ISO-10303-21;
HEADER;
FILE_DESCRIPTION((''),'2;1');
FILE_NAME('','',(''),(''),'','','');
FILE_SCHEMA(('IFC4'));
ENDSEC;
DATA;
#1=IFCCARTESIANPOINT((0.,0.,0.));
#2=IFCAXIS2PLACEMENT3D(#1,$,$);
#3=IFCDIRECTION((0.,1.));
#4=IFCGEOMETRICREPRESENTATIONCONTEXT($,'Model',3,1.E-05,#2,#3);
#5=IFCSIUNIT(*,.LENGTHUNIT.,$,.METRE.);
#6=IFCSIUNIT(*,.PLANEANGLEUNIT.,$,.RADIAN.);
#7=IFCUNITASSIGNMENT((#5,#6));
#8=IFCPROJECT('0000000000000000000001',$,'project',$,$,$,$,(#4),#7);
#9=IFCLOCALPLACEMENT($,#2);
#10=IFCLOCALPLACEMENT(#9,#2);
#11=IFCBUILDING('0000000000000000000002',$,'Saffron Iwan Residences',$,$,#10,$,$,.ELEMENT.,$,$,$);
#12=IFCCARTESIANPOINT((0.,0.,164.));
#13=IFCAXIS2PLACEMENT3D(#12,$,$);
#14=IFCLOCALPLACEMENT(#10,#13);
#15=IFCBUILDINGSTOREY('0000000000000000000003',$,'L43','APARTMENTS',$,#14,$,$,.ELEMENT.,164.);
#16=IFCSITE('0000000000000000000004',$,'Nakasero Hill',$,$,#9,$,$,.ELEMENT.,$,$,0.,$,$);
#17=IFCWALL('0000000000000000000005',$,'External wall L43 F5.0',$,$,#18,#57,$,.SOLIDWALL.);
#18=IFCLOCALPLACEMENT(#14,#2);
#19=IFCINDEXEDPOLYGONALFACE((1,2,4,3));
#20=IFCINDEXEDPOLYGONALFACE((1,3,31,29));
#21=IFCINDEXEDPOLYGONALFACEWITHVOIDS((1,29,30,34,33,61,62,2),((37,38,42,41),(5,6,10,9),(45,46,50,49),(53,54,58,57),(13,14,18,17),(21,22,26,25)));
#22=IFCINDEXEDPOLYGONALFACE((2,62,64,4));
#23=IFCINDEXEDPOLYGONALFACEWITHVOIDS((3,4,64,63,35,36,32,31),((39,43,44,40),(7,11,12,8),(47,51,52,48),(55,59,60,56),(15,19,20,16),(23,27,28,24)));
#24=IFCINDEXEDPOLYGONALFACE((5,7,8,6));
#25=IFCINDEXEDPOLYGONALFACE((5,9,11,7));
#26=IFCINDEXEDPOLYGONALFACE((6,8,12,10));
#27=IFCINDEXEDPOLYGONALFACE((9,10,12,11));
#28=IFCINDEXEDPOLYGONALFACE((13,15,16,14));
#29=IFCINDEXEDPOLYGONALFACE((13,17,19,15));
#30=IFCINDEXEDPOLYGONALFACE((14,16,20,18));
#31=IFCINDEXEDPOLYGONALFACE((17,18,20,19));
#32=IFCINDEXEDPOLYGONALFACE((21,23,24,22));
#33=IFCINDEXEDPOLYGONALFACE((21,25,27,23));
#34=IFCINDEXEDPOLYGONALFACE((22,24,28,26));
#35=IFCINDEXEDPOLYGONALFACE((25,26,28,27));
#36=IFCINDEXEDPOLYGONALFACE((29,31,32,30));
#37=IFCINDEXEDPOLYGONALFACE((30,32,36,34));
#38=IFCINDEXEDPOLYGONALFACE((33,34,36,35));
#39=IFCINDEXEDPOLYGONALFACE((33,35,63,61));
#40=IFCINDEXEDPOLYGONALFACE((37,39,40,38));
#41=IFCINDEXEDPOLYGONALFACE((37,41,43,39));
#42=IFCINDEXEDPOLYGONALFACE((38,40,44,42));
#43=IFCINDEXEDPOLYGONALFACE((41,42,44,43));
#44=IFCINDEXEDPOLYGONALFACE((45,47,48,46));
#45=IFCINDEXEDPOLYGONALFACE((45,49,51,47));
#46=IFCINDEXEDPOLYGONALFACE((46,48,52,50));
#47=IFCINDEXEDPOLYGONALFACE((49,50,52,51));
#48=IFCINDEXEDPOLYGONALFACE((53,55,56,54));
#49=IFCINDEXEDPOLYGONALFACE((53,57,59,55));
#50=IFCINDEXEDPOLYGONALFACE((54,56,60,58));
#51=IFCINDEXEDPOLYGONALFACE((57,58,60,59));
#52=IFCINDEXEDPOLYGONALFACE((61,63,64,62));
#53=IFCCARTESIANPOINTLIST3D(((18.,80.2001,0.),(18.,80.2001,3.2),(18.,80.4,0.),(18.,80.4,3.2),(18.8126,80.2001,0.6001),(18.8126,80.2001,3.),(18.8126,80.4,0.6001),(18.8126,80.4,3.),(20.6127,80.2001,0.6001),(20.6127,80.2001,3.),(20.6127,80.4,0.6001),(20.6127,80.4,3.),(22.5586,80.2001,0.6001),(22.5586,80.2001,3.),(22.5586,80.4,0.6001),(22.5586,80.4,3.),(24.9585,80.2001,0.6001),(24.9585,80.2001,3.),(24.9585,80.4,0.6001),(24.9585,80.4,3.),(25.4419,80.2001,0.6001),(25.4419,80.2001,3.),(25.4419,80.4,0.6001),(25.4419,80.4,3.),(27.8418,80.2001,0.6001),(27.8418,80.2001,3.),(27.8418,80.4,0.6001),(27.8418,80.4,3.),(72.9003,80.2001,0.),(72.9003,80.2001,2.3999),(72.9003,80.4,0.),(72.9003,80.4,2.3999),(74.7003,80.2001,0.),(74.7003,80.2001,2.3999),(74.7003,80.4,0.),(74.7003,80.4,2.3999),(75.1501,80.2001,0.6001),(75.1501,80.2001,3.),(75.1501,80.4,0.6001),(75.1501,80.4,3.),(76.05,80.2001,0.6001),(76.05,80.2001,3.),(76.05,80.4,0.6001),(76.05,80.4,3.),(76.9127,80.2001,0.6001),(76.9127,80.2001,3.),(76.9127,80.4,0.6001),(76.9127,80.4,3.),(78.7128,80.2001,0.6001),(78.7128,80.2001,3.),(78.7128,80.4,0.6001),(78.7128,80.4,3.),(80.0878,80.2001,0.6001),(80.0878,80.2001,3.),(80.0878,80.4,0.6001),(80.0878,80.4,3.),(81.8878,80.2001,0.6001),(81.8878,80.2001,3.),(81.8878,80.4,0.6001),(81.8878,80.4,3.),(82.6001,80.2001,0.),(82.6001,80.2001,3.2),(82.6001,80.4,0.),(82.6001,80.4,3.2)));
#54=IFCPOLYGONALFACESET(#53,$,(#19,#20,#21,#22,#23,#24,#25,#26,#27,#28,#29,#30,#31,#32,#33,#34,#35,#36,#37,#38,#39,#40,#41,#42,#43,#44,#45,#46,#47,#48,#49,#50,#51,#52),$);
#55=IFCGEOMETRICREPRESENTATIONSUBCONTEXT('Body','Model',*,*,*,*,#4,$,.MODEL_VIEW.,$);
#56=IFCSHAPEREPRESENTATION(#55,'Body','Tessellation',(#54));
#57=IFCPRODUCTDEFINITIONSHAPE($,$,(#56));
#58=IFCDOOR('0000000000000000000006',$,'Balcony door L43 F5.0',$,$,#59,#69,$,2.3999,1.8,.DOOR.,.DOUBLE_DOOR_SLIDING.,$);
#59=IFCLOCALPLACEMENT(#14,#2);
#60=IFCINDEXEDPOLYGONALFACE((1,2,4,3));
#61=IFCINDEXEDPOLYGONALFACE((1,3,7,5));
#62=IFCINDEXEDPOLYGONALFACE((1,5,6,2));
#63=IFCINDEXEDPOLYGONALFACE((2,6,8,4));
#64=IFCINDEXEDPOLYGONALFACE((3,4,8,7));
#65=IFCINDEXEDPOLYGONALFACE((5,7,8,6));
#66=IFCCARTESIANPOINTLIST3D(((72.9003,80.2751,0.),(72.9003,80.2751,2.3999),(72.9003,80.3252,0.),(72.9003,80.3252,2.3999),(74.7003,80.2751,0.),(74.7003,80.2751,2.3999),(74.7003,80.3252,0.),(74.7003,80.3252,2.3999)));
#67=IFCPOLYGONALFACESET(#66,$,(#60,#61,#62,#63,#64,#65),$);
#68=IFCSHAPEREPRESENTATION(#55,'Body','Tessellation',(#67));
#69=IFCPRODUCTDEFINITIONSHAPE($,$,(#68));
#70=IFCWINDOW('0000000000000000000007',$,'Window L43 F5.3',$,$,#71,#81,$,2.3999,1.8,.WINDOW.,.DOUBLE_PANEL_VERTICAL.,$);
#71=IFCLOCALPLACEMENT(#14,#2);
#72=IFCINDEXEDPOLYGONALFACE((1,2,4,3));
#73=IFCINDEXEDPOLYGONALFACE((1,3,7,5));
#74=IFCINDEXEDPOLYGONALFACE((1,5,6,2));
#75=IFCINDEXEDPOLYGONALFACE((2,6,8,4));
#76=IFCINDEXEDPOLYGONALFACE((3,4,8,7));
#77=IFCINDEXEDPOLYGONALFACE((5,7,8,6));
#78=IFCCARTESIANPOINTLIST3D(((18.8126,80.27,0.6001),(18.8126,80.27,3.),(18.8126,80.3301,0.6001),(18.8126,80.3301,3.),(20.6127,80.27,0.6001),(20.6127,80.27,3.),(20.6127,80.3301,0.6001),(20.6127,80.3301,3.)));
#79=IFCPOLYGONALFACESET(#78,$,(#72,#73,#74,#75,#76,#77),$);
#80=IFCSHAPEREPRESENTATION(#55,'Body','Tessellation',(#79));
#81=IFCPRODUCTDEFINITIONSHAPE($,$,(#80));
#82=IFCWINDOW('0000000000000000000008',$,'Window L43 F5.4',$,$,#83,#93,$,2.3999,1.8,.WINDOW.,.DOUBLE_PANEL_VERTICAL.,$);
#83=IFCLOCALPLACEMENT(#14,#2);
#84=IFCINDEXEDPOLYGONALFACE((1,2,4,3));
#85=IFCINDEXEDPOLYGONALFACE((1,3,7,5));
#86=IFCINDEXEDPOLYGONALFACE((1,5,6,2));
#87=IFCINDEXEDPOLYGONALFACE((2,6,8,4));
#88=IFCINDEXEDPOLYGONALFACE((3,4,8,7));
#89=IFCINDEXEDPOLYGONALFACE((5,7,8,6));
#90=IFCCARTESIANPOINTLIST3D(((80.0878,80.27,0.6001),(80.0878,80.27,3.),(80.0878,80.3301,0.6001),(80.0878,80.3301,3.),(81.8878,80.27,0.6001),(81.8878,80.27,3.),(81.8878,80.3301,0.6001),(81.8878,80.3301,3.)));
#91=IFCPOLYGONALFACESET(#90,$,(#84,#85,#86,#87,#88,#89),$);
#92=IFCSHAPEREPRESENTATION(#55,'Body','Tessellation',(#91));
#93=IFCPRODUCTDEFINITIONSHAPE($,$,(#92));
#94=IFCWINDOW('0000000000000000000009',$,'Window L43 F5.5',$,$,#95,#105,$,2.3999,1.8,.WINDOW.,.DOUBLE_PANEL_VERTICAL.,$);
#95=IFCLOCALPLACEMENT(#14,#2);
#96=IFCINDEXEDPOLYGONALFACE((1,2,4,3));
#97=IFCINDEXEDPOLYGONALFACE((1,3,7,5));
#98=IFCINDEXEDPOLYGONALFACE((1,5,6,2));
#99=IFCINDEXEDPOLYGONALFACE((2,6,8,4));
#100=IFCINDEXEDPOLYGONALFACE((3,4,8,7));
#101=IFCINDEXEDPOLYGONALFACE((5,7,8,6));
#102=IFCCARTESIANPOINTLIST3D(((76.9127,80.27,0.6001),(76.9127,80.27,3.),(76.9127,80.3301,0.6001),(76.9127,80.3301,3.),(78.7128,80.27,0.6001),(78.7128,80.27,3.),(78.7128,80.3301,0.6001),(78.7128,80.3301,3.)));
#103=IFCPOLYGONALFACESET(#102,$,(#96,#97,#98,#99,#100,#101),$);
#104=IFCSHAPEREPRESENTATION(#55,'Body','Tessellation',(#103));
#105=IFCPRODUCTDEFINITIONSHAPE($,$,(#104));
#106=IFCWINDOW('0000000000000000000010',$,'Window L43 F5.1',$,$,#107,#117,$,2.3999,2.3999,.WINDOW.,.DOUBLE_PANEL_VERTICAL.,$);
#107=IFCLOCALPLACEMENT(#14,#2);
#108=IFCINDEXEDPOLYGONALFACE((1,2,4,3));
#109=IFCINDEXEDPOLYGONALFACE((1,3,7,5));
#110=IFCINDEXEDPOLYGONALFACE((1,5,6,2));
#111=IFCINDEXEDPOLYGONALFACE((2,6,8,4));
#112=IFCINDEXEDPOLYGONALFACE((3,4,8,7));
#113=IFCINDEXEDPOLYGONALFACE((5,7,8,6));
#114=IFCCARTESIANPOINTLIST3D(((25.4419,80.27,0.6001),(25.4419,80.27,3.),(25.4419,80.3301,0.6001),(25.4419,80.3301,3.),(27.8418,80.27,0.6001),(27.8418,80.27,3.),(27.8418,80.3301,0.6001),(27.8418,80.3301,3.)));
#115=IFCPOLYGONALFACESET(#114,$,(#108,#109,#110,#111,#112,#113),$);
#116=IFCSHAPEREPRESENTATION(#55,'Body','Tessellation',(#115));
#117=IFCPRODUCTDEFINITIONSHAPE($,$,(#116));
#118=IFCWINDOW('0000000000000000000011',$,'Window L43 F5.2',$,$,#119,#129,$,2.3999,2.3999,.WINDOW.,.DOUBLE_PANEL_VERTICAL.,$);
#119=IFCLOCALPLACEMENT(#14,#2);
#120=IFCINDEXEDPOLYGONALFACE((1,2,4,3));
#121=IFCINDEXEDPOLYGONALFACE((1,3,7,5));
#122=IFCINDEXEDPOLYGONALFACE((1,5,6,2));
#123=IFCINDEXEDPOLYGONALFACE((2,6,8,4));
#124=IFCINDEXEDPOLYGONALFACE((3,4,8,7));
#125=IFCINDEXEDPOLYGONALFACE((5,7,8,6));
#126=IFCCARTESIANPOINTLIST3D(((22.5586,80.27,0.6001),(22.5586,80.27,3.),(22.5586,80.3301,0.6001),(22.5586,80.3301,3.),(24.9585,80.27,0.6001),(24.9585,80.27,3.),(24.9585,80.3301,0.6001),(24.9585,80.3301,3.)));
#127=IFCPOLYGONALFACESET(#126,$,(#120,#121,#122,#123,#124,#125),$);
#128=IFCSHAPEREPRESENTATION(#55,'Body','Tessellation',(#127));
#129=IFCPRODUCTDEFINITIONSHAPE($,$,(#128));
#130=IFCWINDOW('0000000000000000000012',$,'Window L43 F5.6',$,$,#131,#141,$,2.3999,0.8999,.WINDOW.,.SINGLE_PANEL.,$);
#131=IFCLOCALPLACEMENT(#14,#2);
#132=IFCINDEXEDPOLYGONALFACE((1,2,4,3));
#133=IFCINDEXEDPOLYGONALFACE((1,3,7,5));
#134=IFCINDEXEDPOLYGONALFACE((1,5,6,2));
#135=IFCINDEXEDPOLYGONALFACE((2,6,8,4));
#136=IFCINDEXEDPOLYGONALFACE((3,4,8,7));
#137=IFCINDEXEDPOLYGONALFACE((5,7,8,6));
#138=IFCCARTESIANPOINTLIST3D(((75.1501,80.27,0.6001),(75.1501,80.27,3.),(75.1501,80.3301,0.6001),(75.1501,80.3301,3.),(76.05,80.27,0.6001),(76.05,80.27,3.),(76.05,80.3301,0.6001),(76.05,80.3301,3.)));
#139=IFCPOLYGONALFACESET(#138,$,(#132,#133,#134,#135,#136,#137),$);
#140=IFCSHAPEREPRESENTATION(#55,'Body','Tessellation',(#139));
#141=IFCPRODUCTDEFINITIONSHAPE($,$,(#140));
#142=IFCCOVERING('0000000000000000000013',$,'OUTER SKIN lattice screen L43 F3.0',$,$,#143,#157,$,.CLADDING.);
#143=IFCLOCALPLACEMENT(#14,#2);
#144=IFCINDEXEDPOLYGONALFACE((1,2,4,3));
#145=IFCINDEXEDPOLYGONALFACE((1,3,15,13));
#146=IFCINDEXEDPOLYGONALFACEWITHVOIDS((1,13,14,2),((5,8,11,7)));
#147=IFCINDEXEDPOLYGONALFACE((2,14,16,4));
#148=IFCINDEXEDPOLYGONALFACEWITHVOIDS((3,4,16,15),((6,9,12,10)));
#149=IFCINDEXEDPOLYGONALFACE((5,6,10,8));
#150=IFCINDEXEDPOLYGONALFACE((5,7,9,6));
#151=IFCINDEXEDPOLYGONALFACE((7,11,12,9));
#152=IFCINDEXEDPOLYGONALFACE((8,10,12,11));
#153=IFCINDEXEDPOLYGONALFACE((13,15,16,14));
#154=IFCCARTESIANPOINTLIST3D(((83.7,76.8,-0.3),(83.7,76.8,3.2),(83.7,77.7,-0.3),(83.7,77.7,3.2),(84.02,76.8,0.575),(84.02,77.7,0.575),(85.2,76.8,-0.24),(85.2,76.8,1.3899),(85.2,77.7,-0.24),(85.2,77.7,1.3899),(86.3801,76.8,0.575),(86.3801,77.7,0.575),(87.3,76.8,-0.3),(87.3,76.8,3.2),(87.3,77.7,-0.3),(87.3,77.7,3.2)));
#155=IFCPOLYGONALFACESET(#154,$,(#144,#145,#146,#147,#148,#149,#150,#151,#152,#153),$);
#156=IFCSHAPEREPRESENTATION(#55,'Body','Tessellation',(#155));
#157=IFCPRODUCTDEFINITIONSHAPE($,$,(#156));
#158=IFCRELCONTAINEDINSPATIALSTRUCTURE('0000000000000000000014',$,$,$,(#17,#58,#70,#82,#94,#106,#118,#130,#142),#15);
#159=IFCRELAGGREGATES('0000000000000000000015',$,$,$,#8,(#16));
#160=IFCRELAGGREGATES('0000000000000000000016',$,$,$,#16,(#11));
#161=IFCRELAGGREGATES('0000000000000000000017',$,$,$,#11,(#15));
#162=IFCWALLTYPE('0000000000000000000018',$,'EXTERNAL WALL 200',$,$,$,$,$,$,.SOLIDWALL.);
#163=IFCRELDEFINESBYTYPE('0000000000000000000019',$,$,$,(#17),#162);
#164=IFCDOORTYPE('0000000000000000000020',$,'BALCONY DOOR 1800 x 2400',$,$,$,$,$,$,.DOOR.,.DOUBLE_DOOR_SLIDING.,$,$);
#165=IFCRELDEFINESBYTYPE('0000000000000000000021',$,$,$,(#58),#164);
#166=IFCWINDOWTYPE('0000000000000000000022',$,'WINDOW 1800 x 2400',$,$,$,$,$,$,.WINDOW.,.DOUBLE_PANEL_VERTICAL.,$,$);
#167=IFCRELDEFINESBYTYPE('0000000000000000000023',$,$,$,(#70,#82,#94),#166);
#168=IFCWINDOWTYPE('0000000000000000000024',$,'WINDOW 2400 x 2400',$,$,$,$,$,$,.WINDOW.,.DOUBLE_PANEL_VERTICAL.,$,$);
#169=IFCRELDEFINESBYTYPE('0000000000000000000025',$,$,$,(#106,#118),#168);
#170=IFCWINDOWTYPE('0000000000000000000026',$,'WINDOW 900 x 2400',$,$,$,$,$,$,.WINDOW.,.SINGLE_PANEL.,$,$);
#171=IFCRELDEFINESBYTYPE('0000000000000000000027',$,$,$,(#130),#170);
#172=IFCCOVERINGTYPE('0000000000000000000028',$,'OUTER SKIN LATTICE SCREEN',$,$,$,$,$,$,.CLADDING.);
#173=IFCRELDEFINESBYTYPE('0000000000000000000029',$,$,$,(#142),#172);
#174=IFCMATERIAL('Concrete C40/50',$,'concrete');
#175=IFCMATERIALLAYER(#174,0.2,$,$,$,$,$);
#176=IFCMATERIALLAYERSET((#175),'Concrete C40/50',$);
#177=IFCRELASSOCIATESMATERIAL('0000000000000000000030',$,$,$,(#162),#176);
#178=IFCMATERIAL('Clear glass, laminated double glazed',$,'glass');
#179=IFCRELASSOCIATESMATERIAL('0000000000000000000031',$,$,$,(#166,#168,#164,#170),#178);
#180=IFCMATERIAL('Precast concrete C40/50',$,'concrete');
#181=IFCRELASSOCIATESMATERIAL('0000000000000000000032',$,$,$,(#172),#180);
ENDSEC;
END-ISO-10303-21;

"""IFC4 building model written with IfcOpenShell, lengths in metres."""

from ifc_helpers import new_model, si_unit, direction, frame, frame_2d, origin, place, context, subcontext, project, spatial, polyline, rectangle, outline, extrude, material, layer, layer_set, type_object, element, fill, save


model = new_model("IFC4")

# Units and contexts
model_context = context("Model", 3, precision=1e-05, world=origin(), true_north=direction((0.0, 1.0)))
body_context = subcontext(model_context, "Body", "Model", "MODEL_VIEW")
ifc_project = project(units=[si_unit("LENGTHUNIT", "METRE"), si_unit("PLANEANGLEUNIT", "RADIAN")], contexts=[model_context])

# Site, building, storey
site_placement = place(None, origin())
site = spatial("IfcSite", under=ifc_project, at=site_placement, Name="Nakasero Hill", CompositionType="ELEMENT", RefElevation=0.0)
building_placement = place(site_placement, origin())
building = spatial("IfcBuilding", under=site, at=building_placement, Name="Saffron Iwan Residences", CompositionType="ELEMENT")
storey_placement = place(building_placement, frame((0.0, 0.0, 164.0)))
storey = spatial("IfcBuildingStorey", under=building, at=storey_placement, Name="L43", Description="APARTMENTS", CompositionType="ELEMENT", Elevation=164.0)

# Shared definitions
ifc_material_1 = material(Name="Concrete C40/50", Category="concrete")
ifc_layer_1 = layer(ifc_material_1, 0.2)
ifc_layer_set_1 = layer_set([ifc_layer_1], Name="Concrete C40/50")
wall_type_1 = type_object("IfcWallType", Name="EXTERNAL WALL 200", PredefinedType="SOLIDWALL", material=ifc_layer_set_1)
ifc_material_2 = material(Name="Clear glass, laminated double glazed", Category="glass")
window_type_1 = type_object("IfcWindowType", Name="WINDOW 1800 x 2400", PartitioningType="DOUBLE_PANEL_VERTICAL", PredefinedType="WINDOW", material=ifc_material_2)
window_type_2 = type_object("IfcWindowType", Name="WINDOW 2400 x 2400", PartitioningType="DOUBLE_PANEL_VERTICAL", PredefinedType="WINDOW", material=ifc_material_2)

# Wall, openings, door, windows
wall_1_placement = place(storey_placement, frame((82.6001, 80.3, 0.0), z_axis=(0.0, 0.0, 1.0), x_axis=(-1.0, 0.0, 0.0)))
wall_1 = element("IfcWall", 1, at=wall_1_placement, inside=storey, type_object=wall_type_1, Name="External wall L43 F5.0", PredefinedType="SOLIDWALL", context=body_context, shape_type="SweptSolid", body=[
    extrude(rectangle(XDim=64.6001, YDim=0.2, at=frame_2d((32.3, 0.0))), origin(), (0.0, 0.0, 1.0), 3.2),
])
opening_1_placement = place(wall_1_placement, frame((7.8999, 0.0, 0.0)))
opening_1 = element("IfcOpeningElement", 2, at=opening_1_placement, cuts=wall_1, PredefinedType="OPENING", context=body_context, shape_type="SweptSolid", body=[
    extrude(rectangle(XDim=1.8, YDim=2.3999, at=frame_2d((0.8999, 1.2))), frame((0.0, 0.1099, 0.0), z_axis=(0.0, -1.0, 0.0), x_axis=(1.0, 0.0, 0.0)), (0.0, 0.0, 1.0), 0.22),
])
opening_2_placement = place(wall_1_placement, frame((54.7583, 0.0, 0.6001)))
opening_2 = element("IfcOpeningElement", 3, at=opening_2_placement, cuts=wall_1, PredefinedType="OPENING", context=body_context, shape_type="SweptSolid", body=[
    extrude(rectangle(XDim=2.3999, YDim=2.3999, at=frame_2d((1.2, 1.2))), frame((0.0, 0.1099, 0.0), z_axis=(0.0, -1.0, 0.0), x_axis=(1.0, 0.0, 0.0)), (0.0, 0.0, 1.0), 0.22),
])
opening_3_placement = place(wall_1_placement, frame((57.6416, 0.0, 0.6001)))
opening_3 = element("IfcOpeningElement", 4, at=opening_3_placement, cuts=wall_1, PredefinedType="OPENING", context=body_context, shape_type="SweptSolid", body=[
    extrude(rectangle(XDim=2.3999, YDim=2.3999, at=frame_2d((1.2, 1.2))), frame((0.0, 0.1099, 0.0), z_axis=(0.0, -1.0, 0.0), x_axis=(1.0, 0.0, 0.0)), (0.0, 0.0, 1.0), 0.22),
])
opening_4_placement = place(wall_1_placement, frame((61.9875, 0.0, 0.6001)))
opening_4 = element("IfcOpeningElement", 5, at=opening_4_placement, cuts=wall_1, PredefinedType="OPENING", context=body_context, shape_type="SweptSolid", body=[
    extrude(rectangle(XDim=1.8, YDim=2.3999, at=frame_2d((0.8999, 1.2))), frame((0.0, 0.1099, 0.0), z_axis=(0.0, -1.0, 0.0), x_axis=(1.0, 0.0, 0.0)), (0.0, 0.0, 1.0), 0.22),
])
opening_5_placement = place(wall_1_placement, frame((0.7124, 0.0, 0.6001)))
opening_5 = element("IfcOpeningElement", 6, at=opening_5_placement, cuts=wall_1, PredefinedType="OPENING", context=body_context, shape_type="SweptSolid", body=[
    extrude(rectangle(XDim=1.8, YDim=2.3999, at=frame_2d((0.8999, 1.2))), frame((0.0, 0.1099, 0.0), z_axis=(0.0, -1.0, 0.0), x_axis=(1.0, 0.0, 0.0)), (0.0, 0.0, 1.0), 0.22),
])
opening_6_placement = place(wall_1_placement, frame((3.8875, 0.0, 0.6001)))
opening_6 = element("IfcOpeningElement", 7, at=opening_6_placement, cuts=wall_1, PredefinedType="OPENING", context=body_context, shape_type="SweptSolid", body=[
    extrude(rectangle(XDim=1.8, YDim=2.3999, at=frame_2d((0.8999, 1.2))), frame((0.0, 0.1099, 0.0), z_axis=(0.0, -1.0, 0.0), x_axis=(1.0, 0.0, 0.0)), (0.0, 0.0, 1.0), 0.22),
])
opening_7_placement = place(wall_1_placement, frame((6.55, 0.0, 0.6001)))
opening_7 = element("IfcOpeningElement", 8, at=opening_7_placement, cuts=wall_1, PredefinedType="OPENING", context=body_context, shape_type="SweptSolid", body=[
    extrude(rectangle(XDim=0.8999, YDim=2.3999, at=frame_2d((0.45, 1.2))), frame((0.0, 0.1099, 0.0), z_axis=(0.0, -1.0, 0.0), x_axis=(1.0, 0.0, 0.0)), (0.0, 0.0, 1.0), 0.22),
])
door_type = type_object("IfcDoorType", Name="BALCONY DOOR 1800 x 2400", OperationType="DOUBLE_DOOR_SLIDING", PredefinedType="DOOR", material=ifc_material_2)
door_placement = place(opening_1_placement, origin())
door = element("IfcDoor", 9, at=door_placement, inside=storey, type_object=door_type, Name="Balcony door L43 F5.0", OperationType="DOUBLE_DOOR_SLIDING", OverallHeight=2.3999, OverallWidth=1.8, PredefinedType="DOOR", context=body_context, shape_type="SweptSolid", body=[
    extrude(rectangle(XDim=1.8, YDim=2.3999, at=frame_2d((0.8999, 1.2))), frame((0.0, 0.0249, 0.0), z_axis=(0.0, -1.0, 0.0), x_axis=(1.0, 0.0, 0.0)), (0.0, 0.0, 1.0), 0.05),
])
fill(opening_1, door)
window_1_placement = place(opening_4_placement, origin())
window_1 = element("IfcWindow", 10, at=window_1_placement, inside=storey, type_object=window_type_1, Name="Window L43 F5.3", OverallHeight=2.3999, OverallWidth=1.8, PartitioningType="DOUBLE_PANEL_VERTICAL", PredefinedType="WINDOW", context=body_context, shape_type="SweptSolid", body=[
    extrude(rectangle(XDim=1.8, YDim=2.3999, at=frame_2d((0.8999, 1.2))), frame((0.0, 0.03, 0.0), z_axis=(0.0, -1.0, 0.0), x_axis=(1.0, 0.0, 0.0)), (0.0, 0.0, 1.0), 0.0601),
])
fill(opening_4, window_1)
window_2_placement = place(opening_5_placement, origin())
window_2 = element("IfcWindow", 11, at=window_2_placement, inside=storey, type_object=window_type_1, Name="Window L43 F5.4", OverallHeight=2.3999, OverallWidth=1.8, PartitioningType="DOUBLE_PANEL_VERTICAL", PredefinedType="WINDOW", context=body_context, shape_type="SweptSolid", body=[
    extrude(rectangle(XDim=1.8, YDim=2.3999, at=frame_2d((0.8999, 1.2))), frame((0.0, 0.03, 0.0), z_axis=(0.0, -1.0, 0.0), x_axis=(1.0, 0.0, 0.0)), (0.0, 0.0, 1.0), 0.0601),
])
fill(opening_5, window_2)
window_3_placement = place(opening_6_placement, origin())
window_3 = element("IfcWindow", 12, at=window_3_placement, inside=storey, type_object=window_type_1, Name="Window L43 F5.5", OverallHeight=2.3999, OverallWidth=1.8, PartitioningType="DOUBLE_PANEL_VERTICAL", PredefinedType="WINDOW", context=body_context, shape_type="SweptSolid", body=[
    extrude(rectangle(XDim=1.8, YDim=2.3999, at=frame_2d((0.8999, 1.2))), frame((0.0, 0.03, 0.0), z_axis=(0.0, -1.0, 0.0), x_axis=(1.0, 0.0, 0.0)), (0.0, 0.0, 1.0), 0.0601),
])
fill(opening_6, window_3)
window_4_placement = place(opening_2_placement, origin())
window_4 = element("IfcWindow", 13, at=window_4_placement, inside=storey, type_object=window_type_2, Name="Window L43 F5.1", OverallHeight=2.3999, OverallWidth=2.3999, PartitioningType="DOUBLE_PANEL_VERTICAL", PredefinedType="WINDOW", context=body_context, shape_type="SweptSolid", body=[
    extrude(rectangle(XDim=2.3999, YDim=2.3999, at=frame_2d((1.2, 1.2))), frame((0.0, 0.03, 0.0), z_axis=(0.0, -1.0, 0.0), x_axis=(1.0, 0.0, 0.0)), (0.0, 0.0, 1.0), 0.0601),
])
fill(opening_2, window_4)
window_5_placement = place(opening_3_placement, origin())
window_5 = element("IfcWindow", 14, at=window_5_placement, inside=storey, type_object=window_type_2, Name="Window L43 F5.2", OverallHeight=2.3999, OverallWidth=2.3999, PartitioningType="DOUBLE_PANEL_VERTICAL", PredefinedType="WINDOW", context=body_context, shape_type="SweptSolid", body=[
    extrude(rectangle(XDim=2.3999, YDim=2.3999, at=frame_2d((1.2, 1.2))), frame((0.0, 0.03, 0.0), z_axis=(0.0, -1.0, 0.0), x_axis=(1.0, 0.0, 0.0)), (0.0, 0.0, 1.0), 0.0601),
])
fill(opening_3, window_5)
window_type_3 = type_object("IfcWindowType", Name="WINDOW 900 x 2400", PartitioningType="SINGLE_PANEL", PredefinedType="WINDOW", material=ifc_material_2)
window_6_placement = place(opening_7_placement, origin())
window_6 = element("IfcWindow", 15, at=window_6_placement, inside=storey, type_object=window_type_3, Name="Window L43 F5.6", OverallHeight=2.3999, OverallWidth=0.8999, PartitioningType="SINGLE_PANEL", PredefinedType="WINDOW", context=body_context, shape_type="SweptSolid", body=[
    extrude(rectangle(XDim=0.8999, YDim=2.3999, at=frame_2d((0.45, 1.2))), frame((0.0, 0.03, 0.0), z_axis=(0.0, -1.0, 0.0), x_axis=(1.0, 0.0, 0.0)), (0.0, 0.0, 1.0), 0.0601),
])
fill(opening_7, window_6)

# Covering
ifc_material_3 = material(Name="Precast concrete C40/50", Category="concrete")
covering_type = type_object("IfcCoveringType", Name="OUTER SKIN LATTICE SCREEN", PredefinedType="CLADDING", material=ifc_material_3)
for number, where, z_axis, x_axis, name in (
    (16, (87.3, 76.8, -0.3), (0.0, 1.0, 0.0), (-1.0, 0.0, 0.0), "OUTER SKIN lattice screen L43 F3.0"),
):
    element("IfcCovering", number, at=place(storey_placement, frame(where, z_axis=z_axis, x_axis=x_axis)), inside=storey, type_object=covering_type, Name=name, PredefinedType="CLADDING", context=body_context, shape_type="SweptSolid", body=[
        extrude(outline(polyline([(0.0, 0.0), (3.6001, 0.0), (3.6001, 3.5), (0.0, 3.5), (0.0, 0.0)]), holes=[polyline([(0.9199, 0.875), (2.1001, 0.0601), (3.28, 0.875), (2.1001, 1.6899), (0.9199, 0.875)])]), origin(), (0.0, 0.0, 1.0), 0.8999),
    ])

save(model, "model.ifc")
